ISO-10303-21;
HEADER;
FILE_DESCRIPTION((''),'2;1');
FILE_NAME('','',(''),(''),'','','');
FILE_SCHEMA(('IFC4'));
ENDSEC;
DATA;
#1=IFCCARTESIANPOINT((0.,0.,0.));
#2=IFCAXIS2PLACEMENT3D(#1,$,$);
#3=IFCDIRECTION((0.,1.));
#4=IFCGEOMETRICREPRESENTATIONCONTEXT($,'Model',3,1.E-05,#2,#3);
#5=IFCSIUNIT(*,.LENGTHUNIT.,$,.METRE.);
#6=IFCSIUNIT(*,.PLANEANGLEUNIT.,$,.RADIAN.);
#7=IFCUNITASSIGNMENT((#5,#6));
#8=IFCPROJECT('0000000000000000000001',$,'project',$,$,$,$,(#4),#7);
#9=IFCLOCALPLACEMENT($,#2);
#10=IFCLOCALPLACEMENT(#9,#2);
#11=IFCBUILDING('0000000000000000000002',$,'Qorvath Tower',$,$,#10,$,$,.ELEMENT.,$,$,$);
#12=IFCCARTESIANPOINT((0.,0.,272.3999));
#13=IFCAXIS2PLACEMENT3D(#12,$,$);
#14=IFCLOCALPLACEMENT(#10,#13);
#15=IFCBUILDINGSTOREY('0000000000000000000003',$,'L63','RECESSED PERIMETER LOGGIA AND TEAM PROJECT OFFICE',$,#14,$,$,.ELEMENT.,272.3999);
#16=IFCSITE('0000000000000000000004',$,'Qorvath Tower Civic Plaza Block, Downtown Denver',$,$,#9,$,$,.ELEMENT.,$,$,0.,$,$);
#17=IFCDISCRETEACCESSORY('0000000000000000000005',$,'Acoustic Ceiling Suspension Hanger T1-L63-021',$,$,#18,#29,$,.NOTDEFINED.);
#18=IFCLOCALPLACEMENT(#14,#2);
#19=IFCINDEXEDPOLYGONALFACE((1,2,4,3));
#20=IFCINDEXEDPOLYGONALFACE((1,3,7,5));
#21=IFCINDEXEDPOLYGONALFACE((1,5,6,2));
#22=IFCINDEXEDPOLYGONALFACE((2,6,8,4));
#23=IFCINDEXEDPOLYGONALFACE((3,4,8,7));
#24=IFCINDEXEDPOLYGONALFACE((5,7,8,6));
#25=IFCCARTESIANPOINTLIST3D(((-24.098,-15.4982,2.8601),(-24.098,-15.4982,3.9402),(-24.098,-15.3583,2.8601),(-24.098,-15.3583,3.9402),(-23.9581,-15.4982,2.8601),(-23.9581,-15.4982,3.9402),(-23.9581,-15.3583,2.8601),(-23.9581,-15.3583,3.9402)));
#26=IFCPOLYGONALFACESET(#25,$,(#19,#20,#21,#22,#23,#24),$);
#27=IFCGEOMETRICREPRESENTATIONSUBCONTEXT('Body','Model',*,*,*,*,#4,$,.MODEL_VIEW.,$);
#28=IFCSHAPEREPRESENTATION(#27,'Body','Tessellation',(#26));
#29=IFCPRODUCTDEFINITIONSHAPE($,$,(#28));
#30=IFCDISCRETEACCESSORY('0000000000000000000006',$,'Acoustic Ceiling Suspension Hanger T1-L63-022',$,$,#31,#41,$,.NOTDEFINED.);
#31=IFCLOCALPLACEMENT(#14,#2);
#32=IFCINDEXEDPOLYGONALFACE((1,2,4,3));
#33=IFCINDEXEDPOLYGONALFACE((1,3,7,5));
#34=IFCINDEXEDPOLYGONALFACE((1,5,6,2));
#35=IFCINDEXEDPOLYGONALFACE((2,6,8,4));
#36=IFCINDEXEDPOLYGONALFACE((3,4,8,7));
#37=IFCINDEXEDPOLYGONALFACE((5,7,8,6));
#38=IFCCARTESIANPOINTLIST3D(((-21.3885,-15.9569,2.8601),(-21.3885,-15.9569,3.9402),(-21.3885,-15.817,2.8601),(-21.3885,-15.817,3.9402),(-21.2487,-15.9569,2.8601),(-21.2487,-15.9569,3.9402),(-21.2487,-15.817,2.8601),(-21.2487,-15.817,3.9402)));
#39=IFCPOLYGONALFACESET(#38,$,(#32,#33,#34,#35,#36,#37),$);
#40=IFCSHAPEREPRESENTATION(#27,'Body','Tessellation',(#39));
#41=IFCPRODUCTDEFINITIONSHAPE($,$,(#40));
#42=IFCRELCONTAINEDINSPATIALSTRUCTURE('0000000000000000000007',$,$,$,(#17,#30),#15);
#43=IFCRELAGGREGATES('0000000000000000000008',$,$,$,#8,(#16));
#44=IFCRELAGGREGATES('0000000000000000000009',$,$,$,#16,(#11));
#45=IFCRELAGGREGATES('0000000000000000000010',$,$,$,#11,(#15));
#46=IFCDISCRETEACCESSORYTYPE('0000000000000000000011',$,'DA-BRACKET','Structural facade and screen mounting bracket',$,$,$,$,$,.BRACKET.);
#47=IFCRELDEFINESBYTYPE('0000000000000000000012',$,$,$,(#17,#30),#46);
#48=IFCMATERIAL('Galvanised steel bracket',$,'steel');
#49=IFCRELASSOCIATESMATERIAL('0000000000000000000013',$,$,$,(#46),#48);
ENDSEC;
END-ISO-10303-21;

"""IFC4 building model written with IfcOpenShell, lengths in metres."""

from ifc_helpers import new_model, si_unit, direction, frame, origin, origin_2d, place, context, subcontext, project, spatial, rectangle, extrude, material, type_object, element, save


model = new_model("IFC4")

# Units and contexts
model_context = context("Model", 3, precision=1e-05, world=origin(), true_north=direction((0.0, 1.0)))
body_context = subcontext(model_context, "Body", "Model", "MODEL_VIEW")
ifc_project = project(units=[si_unit("LENGTHUNIT", "METRE"), si_unit("PLANEANGLEUNIT", "RADIAN")], contexts=[model_context])

# Site, building, storey
site_placement = place(None, origin())
site = spatial("IfcSite", under=ifc_project, at=site_placement, Name="Qorvath Tower Civic Plaza Block, Downtown Denver", CompositionType="ELEMENT", RefElevation=0.0)
building_placement = place(site_placement, origin())
building = spatial("IfcBuilding", under=site, at=building_placement, Name="Qorvath Tower", CompositionType="ELEMENT")
storey_placement = place(building_placement, frame((0.0, 0.0, 272.3999)))
storey = spatial("IfcBuildingStorey", under=building, at=storey_placement, Name="L63", Description="RECESSED PERIMETER LOGGIA AND TEAM PROJECT OFFICE", CompositionType="ELEMENT", Elevation=272.3999)

# Discrete accessories
ifc_material_1 = material(Name="Galvanised steel bracket", Category="steel")
discrete_accessory_type = type_object("IfcDiscreteAccessoryType", Name="DA-BRACKET", Description="Structural facade and screen mounting bracket", PredefinedType="BRACKET", material=ifc_material_1)
for number, where, z_axis, x_axis, name in (
    (1, (-24.0281, -15.4282, 2.8601), (0.0, 0.0, 1.0), (1.0, 0.0, 0.0), "Acoustic Ceiling Suspension Hanger T1-L63-021"),
    (2, (-21.3186, -15.887, 2.8601), (0.0, 0.0, 1.0), (1.0, 0.0, 0.0), "Acoustic Ceiling Suspension Hanger T1-L63-022"),
):
    element("IfcDiscreteAccessory", number, at=place(storey_placement, frame(where, z_axis=z_axis, x_axis=x_axis)), inside=storey, type_object=discrete_accessory_type, Name=name, PredefinedType="NOTDEFINED", context=body_context, shape_type="SweptSolid", body=[
        extrude(rectangle(XDim=0.1399, YDim=0.1399, at=origin_2d()), origin(), (0.0, 0.0, 1.0), 1.0801),
    ])

save(model, "model.ifc")
